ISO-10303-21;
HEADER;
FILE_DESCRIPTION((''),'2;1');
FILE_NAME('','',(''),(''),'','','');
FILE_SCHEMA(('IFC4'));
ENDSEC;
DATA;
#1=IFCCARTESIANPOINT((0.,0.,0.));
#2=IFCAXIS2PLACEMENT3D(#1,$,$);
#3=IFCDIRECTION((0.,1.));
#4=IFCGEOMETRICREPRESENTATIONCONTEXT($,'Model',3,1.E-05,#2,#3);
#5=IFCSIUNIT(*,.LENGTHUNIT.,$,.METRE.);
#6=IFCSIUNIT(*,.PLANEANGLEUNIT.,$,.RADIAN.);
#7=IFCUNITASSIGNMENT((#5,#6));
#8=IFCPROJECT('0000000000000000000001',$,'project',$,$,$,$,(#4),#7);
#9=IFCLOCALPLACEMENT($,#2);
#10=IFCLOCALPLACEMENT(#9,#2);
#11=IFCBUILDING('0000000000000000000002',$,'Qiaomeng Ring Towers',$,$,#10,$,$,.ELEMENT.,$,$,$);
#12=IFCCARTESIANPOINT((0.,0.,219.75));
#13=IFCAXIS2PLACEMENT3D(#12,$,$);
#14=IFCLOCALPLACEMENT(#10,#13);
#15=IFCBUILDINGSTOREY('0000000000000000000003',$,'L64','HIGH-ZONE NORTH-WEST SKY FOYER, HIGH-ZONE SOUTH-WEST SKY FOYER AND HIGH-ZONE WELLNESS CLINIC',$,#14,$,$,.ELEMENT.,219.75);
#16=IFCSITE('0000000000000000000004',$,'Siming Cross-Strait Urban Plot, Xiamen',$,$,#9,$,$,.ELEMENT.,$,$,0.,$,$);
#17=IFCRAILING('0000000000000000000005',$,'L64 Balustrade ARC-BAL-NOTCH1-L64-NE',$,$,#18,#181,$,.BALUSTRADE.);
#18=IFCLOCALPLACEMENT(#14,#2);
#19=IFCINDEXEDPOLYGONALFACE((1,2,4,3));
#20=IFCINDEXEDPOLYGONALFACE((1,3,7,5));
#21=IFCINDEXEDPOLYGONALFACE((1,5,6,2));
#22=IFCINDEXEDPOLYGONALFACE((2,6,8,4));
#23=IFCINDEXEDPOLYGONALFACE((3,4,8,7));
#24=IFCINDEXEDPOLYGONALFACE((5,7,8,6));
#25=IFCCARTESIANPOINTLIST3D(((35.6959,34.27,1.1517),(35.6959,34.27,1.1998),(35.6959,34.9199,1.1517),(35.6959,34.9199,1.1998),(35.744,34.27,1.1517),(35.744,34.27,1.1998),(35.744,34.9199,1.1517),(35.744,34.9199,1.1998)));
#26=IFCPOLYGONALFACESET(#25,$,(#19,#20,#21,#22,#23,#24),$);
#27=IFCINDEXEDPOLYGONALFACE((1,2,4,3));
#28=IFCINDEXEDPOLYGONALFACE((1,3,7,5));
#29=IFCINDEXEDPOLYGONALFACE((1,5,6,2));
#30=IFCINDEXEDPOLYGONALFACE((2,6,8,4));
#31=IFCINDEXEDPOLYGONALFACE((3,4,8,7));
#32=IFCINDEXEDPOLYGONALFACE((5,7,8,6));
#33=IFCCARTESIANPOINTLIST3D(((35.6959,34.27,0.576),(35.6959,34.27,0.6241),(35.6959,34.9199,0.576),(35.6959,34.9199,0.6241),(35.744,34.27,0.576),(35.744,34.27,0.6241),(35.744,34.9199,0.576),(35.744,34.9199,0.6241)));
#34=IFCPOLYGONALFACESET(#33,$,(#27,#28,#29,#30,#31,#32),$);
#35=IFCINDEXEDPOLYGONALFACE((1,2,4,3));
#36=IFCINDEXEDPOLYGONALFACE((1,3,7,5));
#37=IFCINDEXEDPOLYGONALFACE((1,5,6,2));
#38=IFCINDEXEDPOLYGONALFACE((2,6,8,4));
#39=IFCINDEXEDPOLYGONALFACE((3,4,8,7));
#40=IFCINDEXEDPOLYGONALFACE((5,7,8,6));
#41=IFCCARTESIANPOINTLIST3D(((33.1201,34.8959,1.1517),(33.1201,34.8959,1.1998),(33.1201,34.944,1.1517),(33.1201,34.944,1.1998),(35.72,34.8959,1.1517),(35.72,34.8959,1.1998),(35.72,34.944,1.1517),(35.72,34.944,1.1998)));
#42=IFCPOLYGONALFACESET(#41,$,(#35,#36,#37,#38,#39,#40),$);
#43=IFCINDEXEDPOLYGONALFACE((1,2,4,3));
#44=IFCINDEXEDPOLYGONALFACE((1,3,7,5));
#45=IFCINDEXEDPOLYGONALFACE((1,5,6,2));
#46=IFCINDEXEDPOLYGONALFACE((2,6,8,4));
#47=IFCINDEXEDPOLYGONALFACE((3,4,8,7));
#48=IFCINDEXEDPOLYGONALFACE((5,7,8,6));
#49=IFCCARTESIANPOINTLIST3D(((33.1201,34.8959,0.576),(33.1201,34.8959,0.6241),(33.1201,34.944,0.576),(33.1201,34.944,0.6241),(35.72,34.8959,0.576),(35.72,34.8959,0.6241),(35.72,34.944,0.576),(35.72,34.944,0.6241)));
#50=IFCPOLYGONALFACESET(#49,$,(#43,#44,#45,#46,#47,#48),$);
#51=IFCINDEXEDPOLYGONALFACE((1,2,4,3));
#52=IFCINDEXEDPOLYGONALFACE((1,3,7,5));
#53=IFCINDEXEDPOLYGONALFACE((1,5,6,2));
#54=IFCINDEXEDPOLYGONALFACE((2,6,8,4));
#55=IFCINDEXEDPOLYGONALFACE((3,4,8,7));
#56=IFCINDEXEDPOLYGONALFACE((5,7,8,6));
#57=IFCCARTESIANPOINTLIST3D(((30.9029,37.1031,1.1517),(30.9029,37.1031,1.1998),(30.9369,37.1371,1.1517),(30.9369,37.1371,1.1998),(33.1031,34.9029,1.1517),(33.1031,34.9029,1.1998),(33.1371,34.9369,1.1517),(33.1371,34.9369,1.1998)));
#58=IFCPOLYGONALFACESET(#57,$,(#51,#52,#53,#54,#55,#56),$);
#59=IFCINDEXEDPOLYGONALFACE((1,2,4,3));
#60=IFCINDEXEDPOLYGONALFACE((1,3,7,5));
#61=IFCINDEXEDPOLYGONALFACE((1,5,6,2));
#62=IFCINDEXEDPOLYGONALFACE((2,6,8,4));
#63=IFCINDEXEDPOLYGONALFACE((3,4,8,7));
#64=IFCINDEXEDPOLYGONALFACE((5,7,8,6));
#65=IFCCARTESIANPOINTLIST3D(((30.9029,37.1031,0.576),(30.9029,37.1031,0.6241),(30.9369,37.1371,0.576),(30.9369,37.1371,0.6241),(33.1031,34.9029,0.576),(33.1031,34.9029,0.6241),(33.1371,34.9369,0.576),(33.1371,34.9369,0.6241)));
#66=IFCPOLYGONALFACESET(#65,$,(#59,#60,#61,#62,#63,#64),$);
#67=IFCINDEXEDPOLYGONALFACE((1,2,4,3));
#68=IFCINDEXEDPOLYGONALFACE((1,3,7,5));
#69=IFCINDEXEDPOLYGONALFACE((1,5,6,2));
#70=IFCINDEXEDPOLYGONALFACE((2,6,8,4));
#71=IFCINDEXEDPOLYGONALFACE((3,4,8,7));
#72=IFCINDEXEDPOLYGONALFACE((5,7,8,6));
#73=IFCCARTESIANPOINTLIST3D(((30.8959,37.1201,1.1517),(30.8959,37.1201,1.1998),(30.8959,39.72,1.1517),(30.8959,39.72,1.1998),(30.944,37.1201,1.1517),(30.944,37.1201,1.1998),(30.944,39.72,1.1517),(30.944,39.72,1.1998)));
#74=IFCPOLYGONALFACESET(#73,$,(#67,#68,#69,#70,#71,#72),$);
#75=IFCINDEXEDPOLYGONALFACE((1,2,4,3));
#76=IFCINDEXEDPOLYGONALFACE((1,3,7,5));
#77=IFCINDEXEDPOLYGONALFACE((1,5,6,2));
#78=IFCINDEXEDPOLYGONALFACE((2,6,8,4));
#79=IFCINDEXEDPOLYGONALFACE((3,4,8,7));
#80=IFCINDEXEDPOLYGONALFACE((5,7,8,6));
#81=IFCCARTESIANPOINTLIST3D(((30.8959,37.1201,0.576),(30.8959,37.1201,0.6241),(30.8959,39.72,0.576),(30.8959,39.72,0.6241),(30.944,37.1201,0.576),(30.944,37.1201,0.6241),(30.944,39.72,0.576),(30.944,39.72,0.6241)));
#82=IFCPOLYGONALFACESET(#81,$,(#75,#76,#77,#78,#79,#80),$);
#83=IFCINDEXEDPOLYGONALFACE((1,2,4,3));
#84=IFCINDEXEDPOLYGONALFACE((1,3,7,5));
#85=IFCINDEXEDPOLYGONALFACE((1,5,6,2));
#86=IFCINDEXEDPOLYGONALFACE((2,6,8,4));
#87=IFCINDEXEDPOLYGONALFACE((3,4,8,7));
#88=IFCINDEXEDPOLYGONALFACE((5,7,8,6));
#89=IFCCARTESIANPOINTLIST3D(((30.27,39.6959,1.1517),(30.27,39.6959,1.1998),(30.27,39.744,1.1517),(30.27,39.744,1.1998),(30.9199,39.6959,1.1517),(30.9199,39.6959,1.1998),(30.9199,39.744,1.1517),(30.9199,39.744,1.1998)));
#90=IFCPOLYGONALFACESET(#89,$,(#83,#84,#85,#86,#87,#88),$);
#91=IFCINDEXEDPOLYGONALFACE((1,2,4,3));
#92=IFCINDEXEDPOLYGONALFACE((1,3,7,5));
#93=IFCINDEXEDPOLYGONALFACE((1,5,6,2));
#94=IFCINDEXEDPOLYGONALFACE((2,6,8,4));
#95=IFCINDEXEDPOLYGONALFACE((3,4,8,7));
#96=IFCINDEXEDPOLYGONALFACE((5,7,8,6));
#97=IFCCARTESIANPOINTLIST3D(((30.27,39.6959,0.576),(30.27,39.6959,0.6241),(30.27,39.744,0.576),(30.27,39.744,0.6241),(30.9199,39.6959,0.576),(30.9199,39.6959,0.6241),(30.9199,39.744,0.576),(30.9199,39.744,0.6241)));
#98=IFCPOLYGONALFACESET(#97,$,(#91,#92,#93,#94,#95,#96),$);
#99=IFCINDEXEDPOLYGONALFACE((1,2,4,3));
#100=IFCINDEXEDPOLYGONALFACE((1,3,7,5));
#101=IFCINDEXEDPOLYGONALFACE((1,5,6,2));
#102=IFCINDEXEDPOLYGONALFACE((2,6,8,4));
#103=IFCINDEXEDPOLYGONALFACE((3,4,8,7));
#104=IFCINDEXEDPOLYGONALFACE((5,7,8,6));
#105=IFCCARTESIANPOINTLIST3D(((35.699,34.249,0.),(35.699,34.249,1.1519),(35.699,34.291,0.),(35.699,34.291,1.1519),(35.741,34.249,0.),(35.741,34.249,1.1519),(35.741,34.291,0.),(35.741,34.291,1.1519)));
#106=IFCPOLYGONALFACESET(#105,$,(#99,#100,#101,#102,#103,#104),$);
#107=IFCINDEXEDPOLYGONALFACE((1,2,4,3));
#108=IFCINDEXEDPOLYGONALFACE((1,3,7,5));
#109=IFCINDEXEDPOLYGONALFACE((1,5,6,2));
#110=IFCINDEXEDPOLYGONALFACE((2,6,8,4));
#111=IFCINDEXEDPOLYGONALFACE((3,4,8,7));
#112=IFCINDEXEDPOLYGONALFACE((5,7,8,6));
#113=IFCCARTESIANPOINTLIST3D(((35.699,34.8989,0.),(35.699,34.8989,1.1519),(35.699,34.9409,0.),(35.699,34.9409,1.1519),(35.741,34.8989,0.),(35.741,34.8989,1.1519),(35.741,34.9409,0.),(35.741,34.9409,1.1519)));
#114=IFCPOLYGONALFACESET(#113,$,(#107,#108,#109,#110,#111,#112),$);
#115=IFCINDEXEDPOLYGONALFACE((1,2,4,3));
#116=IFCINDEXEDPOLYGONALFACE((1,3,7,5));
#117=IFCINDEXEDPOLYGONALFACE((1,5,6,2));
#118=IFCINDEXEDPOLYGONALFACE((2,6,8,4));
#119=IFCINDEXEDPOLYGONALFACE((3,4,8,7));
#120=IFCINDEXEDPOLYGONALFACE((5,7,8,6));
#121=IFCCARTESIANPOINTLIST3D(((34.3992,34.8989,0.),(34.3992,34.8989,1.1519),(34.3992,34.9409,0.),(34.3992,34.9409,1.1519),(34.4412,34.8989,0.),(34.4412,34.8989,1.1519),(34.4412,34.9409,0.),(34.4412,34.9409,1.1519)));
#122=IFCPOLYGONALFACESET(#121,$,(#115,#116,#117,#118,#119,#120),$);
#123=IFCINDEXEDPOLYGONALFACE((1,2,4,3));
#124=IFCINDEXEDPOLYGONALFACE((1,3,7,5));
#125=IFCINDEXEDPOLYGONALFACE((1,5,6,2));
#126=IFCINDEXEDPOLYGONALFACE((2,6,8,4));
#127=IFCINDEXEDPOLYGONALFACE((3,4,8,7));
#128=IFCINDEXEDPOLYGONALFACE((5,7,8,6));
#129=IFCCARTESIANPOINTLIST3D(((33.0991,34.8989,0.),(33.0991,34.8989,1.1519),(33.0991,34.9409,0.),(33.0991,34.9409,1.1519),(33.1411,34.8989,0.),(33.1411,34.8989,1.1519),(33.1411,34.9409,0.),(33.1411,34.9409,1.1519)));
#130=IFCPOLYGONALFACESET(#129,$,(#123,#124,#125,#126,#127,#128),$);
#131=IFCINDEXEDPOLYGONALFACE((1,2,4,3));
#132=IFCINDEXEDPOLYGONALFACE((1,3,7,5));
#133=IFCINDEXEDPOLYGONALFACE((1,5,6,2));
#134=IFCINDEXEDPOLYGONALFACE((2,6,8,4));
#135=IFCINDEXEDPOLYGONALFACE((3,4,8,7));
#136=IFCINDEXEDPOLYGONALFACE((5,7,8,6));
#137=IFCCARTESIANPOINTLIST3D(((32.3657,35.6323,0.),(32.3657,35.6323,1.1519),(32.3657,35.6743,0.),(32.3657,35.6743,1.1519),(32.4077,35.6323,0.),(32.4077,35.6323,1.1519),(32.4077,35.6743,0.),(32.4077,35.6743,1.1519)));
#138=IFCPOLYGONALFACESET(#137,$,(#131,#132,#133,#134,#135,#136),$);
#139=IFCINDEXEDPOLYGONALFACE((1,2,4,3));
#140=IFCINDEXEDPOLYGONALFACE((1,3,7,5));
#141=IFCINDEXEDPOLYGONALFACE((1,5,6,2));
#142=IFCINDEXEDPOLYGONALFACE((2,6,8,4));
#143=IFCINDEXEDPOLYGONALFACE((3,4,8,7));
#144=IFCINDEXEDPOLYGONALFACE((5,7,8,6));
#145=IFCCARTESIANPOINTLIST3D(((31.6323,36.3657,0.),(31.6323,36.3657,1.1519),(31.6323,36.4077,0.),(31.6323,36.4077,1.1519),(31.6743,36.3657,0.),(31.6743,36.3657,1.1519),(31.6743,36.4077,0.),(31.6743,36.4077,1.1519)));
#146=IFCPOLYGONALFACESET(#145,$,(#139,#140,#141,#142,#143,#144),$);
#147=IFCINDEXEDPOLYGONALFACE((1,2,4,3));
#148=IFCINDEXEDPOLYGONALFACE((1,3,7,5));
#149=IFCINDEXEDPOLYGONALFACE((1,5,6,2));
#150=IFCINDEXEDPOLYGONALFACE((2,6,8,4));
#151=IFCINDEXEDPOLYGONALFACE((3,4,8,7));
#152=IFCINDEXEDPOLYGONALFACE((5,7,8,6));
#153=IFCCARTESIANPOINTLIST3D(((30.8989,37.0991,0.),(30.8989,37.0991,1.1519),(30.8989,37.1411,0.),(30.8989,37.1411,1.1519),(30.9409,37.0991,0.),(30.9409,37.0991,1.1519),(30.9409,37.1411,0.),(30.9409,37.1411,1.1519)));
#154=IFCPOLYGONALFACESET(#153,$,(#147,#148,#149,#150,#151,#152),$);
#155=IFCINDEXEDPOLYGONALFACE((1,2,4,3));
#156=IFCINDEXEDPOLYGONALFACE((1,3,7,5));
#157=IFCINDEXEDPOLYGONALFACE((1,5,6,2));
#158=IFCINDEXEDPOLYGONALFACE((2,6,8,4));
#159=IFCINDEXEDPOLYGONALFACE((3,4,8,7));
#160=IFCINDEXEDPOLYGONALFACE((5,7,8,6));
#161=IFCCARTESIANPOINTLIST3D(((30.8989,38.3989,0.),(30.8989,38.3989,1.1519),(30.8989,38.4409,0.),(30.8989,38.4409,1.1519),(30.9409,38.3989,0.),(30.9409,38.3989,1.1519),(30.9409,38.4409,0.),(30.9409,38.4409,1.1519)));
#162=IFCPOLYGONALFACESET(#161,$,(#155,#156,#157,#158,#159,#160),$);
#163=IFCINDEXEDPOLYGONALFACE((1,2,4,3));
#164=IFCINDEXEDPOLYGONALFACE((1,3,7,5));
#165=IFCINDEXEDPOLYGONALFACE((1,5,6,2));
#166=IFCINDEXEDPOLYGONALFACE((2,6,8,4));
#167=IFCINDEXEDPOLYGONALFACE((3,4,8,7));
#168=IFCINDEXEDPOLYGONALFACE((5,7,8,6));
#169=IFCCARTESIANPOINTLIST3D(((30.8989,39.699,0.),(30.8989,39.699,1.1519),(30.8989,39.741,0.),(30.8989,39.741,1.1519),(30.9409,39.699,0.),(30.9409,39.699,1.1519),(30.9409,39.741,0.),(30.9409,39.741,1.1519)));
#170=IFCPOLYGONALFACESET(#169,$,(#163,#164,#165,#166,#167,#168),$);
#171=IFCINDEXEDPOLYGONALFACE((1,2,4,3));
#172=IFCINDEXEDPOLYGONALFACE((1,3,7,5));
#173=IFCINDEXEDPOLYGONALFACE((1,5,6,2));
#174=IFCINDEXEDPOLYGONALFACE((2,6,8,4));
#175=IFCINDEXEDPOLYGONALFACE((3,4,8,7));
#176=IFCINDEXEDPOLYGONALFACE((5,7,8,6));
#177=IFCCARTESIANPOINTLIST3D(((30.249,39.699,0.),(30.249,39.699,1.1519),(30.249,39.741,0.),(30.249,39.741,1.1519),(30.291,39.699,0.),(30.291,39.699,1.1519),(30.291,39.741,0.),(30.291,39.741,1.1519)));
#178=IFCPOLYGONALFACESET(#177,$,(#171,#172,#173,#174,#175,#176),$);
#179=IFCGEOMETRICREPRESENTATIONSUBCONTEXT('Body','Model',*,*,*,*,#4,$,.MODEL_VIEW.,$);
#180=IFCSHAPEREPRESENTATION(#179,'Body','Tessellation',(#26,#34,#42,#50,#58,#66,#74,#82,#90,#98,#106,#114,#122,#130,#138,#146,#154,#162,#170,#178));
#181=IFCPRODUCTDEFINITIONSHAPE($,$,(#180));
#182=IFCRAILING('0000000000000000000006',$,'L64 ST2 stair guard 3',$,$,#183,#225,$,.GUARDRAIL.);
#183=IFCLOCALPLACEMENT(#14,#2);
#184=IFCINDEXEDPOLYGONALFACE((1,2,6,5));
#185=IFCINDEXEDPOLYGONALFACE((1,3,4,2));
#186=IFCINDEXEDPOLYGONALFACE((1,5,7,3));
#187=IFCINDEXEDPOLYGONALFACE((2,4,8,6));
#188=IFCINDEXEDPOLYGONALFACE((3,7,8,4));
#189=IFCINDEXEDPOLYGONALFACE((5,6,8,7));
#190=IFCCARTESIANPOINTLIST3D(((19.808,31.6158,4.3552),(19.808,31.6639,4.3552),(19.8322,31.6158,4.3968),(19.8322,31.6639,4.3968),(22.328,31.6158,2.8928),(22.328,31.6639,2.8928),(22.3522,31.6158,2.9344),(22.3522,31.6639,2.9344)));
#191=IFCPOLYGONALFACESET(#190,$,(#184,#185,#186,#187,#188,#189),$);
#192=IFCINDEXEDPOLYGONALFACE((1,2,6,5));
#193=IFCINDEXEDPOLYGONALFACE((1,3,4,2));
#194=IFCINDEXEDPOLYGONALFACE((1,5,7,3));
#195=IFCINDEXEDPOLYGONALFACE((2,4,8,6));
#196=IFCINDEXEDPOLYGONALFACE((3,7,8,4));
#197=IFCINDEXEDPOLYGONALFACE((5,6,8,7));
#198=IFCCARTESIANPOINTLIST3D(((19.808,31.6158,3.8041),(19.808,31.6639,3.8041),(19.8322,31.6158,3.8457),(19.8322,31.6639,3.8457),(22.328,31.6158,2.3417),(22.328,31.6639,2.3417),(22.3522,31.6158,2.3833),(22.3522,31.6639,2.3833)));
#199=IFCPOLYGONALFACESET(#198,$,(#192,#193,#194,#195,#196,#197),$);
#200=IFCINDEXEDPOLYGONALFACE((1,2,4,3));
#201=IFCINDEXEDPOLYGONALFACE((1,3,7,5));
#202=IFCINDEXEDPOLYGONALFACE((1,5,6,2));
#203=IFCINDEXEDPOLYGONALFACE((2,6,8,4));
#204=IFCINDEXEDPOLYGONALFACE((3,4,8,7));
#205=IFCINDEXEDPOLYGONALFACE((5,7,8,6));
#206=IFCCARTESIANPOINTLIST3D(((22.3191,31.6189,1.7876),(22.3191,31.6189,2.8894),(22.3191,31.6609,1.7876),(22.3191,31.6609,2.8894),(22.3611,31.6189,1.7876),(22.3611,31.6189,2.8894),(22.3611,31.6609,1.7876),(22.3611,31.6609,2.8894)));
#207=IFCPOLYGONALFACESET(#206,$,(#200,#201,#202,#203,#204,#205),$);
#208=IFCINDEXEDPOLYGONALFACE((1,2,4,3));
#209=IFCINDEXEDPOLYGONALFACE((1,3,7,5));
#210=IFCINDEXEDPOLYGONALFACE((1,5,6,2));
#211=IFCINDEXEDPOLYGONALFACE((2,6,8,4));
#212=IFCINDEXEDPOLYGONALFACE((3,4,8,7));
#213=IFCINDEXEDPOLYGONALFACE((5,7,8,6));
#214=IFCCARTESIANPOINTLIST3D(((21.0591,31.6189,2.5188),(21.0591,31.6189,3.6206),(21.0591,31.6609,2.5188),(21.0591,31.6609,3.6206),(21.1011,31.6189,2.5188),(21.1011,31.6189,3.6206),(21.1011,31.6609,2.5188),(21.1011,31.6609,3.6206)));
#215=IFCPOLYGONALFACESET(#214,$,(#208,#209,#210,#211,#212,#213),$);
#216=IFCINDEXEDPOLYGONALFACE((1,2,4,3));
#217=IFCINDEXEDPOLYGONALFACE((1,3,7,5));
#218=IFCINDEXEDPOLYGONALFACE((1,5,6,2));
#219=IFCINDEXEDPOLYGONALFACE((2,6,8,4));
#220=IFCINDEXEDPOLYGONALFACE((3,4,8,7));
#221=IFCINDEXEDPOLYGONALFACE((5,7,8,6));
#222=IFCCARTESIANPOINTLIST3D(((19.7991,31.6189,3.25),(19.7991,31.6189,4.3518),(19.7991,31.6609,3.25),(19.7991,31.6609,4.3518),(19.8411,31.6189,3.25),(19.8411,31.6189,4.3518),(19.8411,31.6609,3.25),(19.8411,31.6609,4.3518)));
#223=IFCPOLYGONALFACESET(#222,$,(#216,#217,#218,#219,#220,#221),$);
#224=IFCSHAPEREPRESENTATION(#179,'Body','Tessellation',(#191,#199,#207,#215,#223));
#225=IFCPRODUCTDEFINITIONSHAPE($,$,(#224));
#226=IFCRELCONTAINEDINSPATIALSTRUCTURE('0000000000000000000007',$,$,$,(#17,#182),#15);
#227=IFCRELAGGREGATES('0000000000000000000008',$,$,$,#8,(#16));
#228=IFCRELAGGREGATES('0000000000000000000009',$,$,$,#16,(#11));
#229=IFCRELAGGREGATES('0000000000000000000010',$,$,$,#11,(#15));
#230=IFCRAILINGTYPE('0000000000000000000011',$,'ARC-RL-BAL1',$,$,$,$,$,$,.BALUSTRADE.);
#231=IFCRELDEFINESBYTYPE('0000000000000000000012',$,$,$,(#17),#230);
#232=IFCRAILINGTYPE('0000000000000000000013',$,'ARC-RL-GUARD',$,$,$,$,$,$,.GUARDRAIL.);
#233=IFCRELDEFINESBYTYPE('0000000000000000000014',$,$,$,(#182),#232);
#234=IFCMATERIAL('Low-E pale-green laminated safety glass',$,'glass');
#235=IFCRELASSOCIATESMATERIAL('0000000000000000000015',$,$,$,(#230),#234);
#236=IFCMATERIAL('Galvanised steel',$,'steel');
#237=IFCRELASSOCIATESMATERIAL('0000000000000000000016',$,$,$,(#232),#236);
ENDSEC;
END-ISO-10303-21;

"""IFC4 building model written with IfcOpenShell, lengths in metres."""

from ifc_helpers import new_model, si_unit, direction, frame, origin, origin_2d, place, context, subcontext, project, spatial, rectangle, extrude, material, type_object, element, save


model = new_model("IFC4")

# Units and contexts
model_context = context("Model", 3, precision=1e-05, world=origin(), true_north=direction((0.0, 1.0)))
body_context = subcontext(model_context, "Body", "Model", "MODEL_VIEW")
ifc_project = project(units=[si_unit("LENGTHUNIT", "METRE"), si_unit("PLANEANGLEUNIT", "RADIAN")], contexts=[model_context])

# Site, building, storey
site_placement = place(None, origin())
site = spatial("IfcSite", under=ifc_project, at=site_placement, Name="Siming Cross-Strait Urban Plot, Xiamen", CompositionType="ELEMENT", RefElevation=0.0)
building_placement = place(site_placement, origin())
building = spatial("IfcBuilding", under=site, at=building_placement, Name="Qiaomeng Ring Towers", CompositionType="ELEMENT")
storey_placement = place(building_placement, frame((0.0, 0.0, 219.75)))
storey = spatial("IfcBuildingStorey", under=building, at=storey_placement, Name="L64", Description="HIGH-ZONE NORTH-WEST SKY FOYER, HIGH-ZONE SOUTH-WEST SKY FOYER AND HIGH-ZONE WELLNESS CLINIC", CompositionType="ELEMENT", Elevation=219.75)

# Railings
ifc_material_1 = material(Name="Low-E pale-green laminated safety glass", Category="glass")
railing_type_1 = type_object("IfcRailingType", Name="ARC-RL-BAL1", PredefinedType="BALUSTRADE", material=ifc_material_1)
railing_1_placement = place(storey_placement, frame((35.72, 34.27, 0.0)))
element("IfcRailing", 1, at=railing_1_placement, inside=storey, type_object=railing_type_1, Name="L64 Balustrade ARC-BAL-NOTCH1-L64-NE", PredefinedType="BALUSTRADE", context=body_context, shape_type="SweptSolid", body=[
    extrude(rectangle(XDim=0.0481, YDim=0.0481, at=origin_2d()), frame((0.0, 0.0, 1.1758), z_axis=(0.0, 1.0, 0.0), x_axis=(-1.0, 0.0, 0.0)), (0.0, 0.0, 1.0), 0.6499),
    extrude(rectangle(XDim=0.0481, YDim=0.0481, at=origin_2d()), frame((0.0, 0.0, 0.6001), z_axis=(0.0, 1.0, 0.0), x_axis=(-1.0, 0.0, 0.0)), (0.0, 0.0, 1.0), 0.6499),
    extrude(rectangle(XDim=0.0481, YDim=0.0481, at=origin_2d()), frame((0.0, 0.6499, 1.1758), z_axis=(-1.0, 0.0, 0.0), x_axis=(0.0, -1.0, 0.0)), (0.0, 0.0, 1.0), 2.5999),
    extrude(rectangle(XDim=0.0481, YDim=0.0481, at=origin_2d()), frame((0.0, 0.6499, 0.6001), z_axis=(-1.0, 0.0, 0.0), x_axis=(0.0, -1.0, 0.0)), (0.0, 0.0, 1.0), 2.5999),
    extrude(rectangle(XDim=0.0481, YDim=0.0481, at=origin_2d()), frame((-2.5999, 0.6499, 1.1758), z_axis=(-0.707107, 0.707107, 0.0), x_axis=(-0.707107, -0.707107, 0.0)), (0.0, 0.0, 1.0), 3.1116),
    extrude(rectangle(XDim=0.0481, YDim=0.0481, at=origin_2d()), frame((-2.5999, 0.6499, 0.6001), z_axis=(-0.707107, 0.707107, 0.0), x_axis=(-0.707107, -0.707107, 0.0)), (0.0, 0.0, 1.0), 3.1116),
    extrude(rectangle(XDim=0.0481, YDim=0.0481, at=origin_2d()), frame((-4.8, 2.8501, 1.1758), z_axis=(0.0, 1.0, 0.0), x_axis=(-1.0, 0.0, 0.0)), (0.0, 0.0, 1.0), 2.5999),
    extrude(rectangle(XDim=0.0481, YDim=0.0481, at=origin_2d()), frame((-4.8, 2.8501, 0.6001), z_axis=(0.0, 1.0, 0.0), x_axis=(-1.0, 0.0, 0.0)), (0.0, 0.0, 1.0), 2.5999),
    extrude(rectangle(XDim=0.0481, YDim=0.0481, at=origin_2d()), frame((-4.8, 5.45, 1.1758), z_axis=(-1.0, 0.0, 0.0), x_axis=(0.0, -1.0, 0.0)), (0.0, 0.0, 1.0), 0.6499),
    extrude(rectangle(XDim=0.0481, YDim=0.0481, at=origin_2d()), frame((-4.8, 5.45, 0.6001), z_axis=(-1.0, 0.0, 0.0), x_axis=(0.0, -1.0, 0.0)), (0.0, 0.0, 1.0), 0.6499),
    extrude(rectangle(XDim=0.042, YDim=0.042, at=origin_2d()), origin(), (0.0, 0.0, 1.0), 1.1519),
    extrude(rectangle(XDim=0.042, YDim=0.042, at=origin_2d()), frame((0.0, 0.6499, 0.0)), (0.0, 0.0, 1.0), 1.1519),
    extrude(rectangle(XDim=0.042, YDim=0.042, at=origin_2d()), frame((-1.2998, 0.6499, 0.0)), (0.0, 0.0, 1.0), 1.1519),
    extrude(rectangle(XDim=0.042, YDim=0.042, at=origin_2d()), frame((-2.5999, 0.6499, 0.0)), (0.0, 0.0, 1.0), 1.1519),
    extrude(rectangle(XDim=0.042, YDim=0.042, at=origin_2d()), frame((-3.3333, 1.3833, 0.0)), (0.0, 0.0, 1.0), 1.1519),
    extrude(rectangle(XDim=0.042, YDim=0.042, at=origin_2d()), frame((-4.0667, 2.1167, 0.0)), (0.0, 0.0, 1.0), 1.1519),
    extrude(rectangle(XDim=0.042, YDim=0.042, at=origin_2d()), frame((-4.8, 2.8501, 0.0)), (0.0, 0.0, 1.0), 1.1519),
    extrude(rectangle(XDim=0.042, YDim=0.042, at=origin_2d()), frame((-4.8, 4.1499, 0.0)), (0.0, 0.0, 1.0), 1.1519),
    extrude(rectangle(XDim=0.042, YDim=0.042, at=origin_2d()), frame((-4.8, 5.45, 0.0)), (0.0, 0.0, 1.0), 1.1519),
    extrude(rectangle(XDim=0.042, YDim=0.042, at=origin_2d()), frame((-5.45, 5.45, 0.0)), (0.0, 0.0, 1.0), 1.1519),
])
ifc_material_2 = material(Name="Galvanised steel", Category="steel")
railing_type_2 = type_object("IfcRailingType", Name="ARC-RL-GUARD", PredefinedType="GUARDRAIL", material=ifc_material_2)
railing_2_placement = place(storey_placement, frame((22.3401, 31.6399, 1.7876)))
element("IfcRailing", 2, at=railing_2_placement, inside=storey, type_object=railing_type_2, Name="L64 ST2 stair guard 3", PredefinedType="GUARDRAIL", context=body_context, shape_type="SweptSolid", body=[
    extrude(rectangle(XDim=0.0481, YDim=0.0481, at=origin_2d()), frame((0.0, 0.0, 1.126), z_axis=(-0.864913, 0.0, 0.501921), x_axis=(0.0, -1.0, 0.0)), (0.0, 0.0, 1.0), 2.9136),
    extrude(rectangle(XDim=0.0481, YDim=0.0481, at=origin_2d()), frame((0.0, 0.0, 0.575), z_axis=(-0.864913, 0.0, 0.501921), x_axis=(0.0, -1.0, 0.0)), (0.0, 0.0, 1.0), 2.9136),
    extrude(rectangle(XDim=0.042, YDim=0.042, at=origin_2d()), origin(), (0.0, 0.0, 1.0), 1.1018),
    extrude(rectangle(XDim=0.042, YDim=0.042, at=origin_2d()), frame((-1.26, 0.0, 0.7312)), (0.0, 0.0, 1.0), 1.1018),
    extrude(rectangle(XDim=0.042, YDim=0.042, at=origin_2d()), frame((-2.52, 0.0, 1.4624)), (0.0, 0.0, 1.0), 1.1018),
])

save(model, "model.ifc")
